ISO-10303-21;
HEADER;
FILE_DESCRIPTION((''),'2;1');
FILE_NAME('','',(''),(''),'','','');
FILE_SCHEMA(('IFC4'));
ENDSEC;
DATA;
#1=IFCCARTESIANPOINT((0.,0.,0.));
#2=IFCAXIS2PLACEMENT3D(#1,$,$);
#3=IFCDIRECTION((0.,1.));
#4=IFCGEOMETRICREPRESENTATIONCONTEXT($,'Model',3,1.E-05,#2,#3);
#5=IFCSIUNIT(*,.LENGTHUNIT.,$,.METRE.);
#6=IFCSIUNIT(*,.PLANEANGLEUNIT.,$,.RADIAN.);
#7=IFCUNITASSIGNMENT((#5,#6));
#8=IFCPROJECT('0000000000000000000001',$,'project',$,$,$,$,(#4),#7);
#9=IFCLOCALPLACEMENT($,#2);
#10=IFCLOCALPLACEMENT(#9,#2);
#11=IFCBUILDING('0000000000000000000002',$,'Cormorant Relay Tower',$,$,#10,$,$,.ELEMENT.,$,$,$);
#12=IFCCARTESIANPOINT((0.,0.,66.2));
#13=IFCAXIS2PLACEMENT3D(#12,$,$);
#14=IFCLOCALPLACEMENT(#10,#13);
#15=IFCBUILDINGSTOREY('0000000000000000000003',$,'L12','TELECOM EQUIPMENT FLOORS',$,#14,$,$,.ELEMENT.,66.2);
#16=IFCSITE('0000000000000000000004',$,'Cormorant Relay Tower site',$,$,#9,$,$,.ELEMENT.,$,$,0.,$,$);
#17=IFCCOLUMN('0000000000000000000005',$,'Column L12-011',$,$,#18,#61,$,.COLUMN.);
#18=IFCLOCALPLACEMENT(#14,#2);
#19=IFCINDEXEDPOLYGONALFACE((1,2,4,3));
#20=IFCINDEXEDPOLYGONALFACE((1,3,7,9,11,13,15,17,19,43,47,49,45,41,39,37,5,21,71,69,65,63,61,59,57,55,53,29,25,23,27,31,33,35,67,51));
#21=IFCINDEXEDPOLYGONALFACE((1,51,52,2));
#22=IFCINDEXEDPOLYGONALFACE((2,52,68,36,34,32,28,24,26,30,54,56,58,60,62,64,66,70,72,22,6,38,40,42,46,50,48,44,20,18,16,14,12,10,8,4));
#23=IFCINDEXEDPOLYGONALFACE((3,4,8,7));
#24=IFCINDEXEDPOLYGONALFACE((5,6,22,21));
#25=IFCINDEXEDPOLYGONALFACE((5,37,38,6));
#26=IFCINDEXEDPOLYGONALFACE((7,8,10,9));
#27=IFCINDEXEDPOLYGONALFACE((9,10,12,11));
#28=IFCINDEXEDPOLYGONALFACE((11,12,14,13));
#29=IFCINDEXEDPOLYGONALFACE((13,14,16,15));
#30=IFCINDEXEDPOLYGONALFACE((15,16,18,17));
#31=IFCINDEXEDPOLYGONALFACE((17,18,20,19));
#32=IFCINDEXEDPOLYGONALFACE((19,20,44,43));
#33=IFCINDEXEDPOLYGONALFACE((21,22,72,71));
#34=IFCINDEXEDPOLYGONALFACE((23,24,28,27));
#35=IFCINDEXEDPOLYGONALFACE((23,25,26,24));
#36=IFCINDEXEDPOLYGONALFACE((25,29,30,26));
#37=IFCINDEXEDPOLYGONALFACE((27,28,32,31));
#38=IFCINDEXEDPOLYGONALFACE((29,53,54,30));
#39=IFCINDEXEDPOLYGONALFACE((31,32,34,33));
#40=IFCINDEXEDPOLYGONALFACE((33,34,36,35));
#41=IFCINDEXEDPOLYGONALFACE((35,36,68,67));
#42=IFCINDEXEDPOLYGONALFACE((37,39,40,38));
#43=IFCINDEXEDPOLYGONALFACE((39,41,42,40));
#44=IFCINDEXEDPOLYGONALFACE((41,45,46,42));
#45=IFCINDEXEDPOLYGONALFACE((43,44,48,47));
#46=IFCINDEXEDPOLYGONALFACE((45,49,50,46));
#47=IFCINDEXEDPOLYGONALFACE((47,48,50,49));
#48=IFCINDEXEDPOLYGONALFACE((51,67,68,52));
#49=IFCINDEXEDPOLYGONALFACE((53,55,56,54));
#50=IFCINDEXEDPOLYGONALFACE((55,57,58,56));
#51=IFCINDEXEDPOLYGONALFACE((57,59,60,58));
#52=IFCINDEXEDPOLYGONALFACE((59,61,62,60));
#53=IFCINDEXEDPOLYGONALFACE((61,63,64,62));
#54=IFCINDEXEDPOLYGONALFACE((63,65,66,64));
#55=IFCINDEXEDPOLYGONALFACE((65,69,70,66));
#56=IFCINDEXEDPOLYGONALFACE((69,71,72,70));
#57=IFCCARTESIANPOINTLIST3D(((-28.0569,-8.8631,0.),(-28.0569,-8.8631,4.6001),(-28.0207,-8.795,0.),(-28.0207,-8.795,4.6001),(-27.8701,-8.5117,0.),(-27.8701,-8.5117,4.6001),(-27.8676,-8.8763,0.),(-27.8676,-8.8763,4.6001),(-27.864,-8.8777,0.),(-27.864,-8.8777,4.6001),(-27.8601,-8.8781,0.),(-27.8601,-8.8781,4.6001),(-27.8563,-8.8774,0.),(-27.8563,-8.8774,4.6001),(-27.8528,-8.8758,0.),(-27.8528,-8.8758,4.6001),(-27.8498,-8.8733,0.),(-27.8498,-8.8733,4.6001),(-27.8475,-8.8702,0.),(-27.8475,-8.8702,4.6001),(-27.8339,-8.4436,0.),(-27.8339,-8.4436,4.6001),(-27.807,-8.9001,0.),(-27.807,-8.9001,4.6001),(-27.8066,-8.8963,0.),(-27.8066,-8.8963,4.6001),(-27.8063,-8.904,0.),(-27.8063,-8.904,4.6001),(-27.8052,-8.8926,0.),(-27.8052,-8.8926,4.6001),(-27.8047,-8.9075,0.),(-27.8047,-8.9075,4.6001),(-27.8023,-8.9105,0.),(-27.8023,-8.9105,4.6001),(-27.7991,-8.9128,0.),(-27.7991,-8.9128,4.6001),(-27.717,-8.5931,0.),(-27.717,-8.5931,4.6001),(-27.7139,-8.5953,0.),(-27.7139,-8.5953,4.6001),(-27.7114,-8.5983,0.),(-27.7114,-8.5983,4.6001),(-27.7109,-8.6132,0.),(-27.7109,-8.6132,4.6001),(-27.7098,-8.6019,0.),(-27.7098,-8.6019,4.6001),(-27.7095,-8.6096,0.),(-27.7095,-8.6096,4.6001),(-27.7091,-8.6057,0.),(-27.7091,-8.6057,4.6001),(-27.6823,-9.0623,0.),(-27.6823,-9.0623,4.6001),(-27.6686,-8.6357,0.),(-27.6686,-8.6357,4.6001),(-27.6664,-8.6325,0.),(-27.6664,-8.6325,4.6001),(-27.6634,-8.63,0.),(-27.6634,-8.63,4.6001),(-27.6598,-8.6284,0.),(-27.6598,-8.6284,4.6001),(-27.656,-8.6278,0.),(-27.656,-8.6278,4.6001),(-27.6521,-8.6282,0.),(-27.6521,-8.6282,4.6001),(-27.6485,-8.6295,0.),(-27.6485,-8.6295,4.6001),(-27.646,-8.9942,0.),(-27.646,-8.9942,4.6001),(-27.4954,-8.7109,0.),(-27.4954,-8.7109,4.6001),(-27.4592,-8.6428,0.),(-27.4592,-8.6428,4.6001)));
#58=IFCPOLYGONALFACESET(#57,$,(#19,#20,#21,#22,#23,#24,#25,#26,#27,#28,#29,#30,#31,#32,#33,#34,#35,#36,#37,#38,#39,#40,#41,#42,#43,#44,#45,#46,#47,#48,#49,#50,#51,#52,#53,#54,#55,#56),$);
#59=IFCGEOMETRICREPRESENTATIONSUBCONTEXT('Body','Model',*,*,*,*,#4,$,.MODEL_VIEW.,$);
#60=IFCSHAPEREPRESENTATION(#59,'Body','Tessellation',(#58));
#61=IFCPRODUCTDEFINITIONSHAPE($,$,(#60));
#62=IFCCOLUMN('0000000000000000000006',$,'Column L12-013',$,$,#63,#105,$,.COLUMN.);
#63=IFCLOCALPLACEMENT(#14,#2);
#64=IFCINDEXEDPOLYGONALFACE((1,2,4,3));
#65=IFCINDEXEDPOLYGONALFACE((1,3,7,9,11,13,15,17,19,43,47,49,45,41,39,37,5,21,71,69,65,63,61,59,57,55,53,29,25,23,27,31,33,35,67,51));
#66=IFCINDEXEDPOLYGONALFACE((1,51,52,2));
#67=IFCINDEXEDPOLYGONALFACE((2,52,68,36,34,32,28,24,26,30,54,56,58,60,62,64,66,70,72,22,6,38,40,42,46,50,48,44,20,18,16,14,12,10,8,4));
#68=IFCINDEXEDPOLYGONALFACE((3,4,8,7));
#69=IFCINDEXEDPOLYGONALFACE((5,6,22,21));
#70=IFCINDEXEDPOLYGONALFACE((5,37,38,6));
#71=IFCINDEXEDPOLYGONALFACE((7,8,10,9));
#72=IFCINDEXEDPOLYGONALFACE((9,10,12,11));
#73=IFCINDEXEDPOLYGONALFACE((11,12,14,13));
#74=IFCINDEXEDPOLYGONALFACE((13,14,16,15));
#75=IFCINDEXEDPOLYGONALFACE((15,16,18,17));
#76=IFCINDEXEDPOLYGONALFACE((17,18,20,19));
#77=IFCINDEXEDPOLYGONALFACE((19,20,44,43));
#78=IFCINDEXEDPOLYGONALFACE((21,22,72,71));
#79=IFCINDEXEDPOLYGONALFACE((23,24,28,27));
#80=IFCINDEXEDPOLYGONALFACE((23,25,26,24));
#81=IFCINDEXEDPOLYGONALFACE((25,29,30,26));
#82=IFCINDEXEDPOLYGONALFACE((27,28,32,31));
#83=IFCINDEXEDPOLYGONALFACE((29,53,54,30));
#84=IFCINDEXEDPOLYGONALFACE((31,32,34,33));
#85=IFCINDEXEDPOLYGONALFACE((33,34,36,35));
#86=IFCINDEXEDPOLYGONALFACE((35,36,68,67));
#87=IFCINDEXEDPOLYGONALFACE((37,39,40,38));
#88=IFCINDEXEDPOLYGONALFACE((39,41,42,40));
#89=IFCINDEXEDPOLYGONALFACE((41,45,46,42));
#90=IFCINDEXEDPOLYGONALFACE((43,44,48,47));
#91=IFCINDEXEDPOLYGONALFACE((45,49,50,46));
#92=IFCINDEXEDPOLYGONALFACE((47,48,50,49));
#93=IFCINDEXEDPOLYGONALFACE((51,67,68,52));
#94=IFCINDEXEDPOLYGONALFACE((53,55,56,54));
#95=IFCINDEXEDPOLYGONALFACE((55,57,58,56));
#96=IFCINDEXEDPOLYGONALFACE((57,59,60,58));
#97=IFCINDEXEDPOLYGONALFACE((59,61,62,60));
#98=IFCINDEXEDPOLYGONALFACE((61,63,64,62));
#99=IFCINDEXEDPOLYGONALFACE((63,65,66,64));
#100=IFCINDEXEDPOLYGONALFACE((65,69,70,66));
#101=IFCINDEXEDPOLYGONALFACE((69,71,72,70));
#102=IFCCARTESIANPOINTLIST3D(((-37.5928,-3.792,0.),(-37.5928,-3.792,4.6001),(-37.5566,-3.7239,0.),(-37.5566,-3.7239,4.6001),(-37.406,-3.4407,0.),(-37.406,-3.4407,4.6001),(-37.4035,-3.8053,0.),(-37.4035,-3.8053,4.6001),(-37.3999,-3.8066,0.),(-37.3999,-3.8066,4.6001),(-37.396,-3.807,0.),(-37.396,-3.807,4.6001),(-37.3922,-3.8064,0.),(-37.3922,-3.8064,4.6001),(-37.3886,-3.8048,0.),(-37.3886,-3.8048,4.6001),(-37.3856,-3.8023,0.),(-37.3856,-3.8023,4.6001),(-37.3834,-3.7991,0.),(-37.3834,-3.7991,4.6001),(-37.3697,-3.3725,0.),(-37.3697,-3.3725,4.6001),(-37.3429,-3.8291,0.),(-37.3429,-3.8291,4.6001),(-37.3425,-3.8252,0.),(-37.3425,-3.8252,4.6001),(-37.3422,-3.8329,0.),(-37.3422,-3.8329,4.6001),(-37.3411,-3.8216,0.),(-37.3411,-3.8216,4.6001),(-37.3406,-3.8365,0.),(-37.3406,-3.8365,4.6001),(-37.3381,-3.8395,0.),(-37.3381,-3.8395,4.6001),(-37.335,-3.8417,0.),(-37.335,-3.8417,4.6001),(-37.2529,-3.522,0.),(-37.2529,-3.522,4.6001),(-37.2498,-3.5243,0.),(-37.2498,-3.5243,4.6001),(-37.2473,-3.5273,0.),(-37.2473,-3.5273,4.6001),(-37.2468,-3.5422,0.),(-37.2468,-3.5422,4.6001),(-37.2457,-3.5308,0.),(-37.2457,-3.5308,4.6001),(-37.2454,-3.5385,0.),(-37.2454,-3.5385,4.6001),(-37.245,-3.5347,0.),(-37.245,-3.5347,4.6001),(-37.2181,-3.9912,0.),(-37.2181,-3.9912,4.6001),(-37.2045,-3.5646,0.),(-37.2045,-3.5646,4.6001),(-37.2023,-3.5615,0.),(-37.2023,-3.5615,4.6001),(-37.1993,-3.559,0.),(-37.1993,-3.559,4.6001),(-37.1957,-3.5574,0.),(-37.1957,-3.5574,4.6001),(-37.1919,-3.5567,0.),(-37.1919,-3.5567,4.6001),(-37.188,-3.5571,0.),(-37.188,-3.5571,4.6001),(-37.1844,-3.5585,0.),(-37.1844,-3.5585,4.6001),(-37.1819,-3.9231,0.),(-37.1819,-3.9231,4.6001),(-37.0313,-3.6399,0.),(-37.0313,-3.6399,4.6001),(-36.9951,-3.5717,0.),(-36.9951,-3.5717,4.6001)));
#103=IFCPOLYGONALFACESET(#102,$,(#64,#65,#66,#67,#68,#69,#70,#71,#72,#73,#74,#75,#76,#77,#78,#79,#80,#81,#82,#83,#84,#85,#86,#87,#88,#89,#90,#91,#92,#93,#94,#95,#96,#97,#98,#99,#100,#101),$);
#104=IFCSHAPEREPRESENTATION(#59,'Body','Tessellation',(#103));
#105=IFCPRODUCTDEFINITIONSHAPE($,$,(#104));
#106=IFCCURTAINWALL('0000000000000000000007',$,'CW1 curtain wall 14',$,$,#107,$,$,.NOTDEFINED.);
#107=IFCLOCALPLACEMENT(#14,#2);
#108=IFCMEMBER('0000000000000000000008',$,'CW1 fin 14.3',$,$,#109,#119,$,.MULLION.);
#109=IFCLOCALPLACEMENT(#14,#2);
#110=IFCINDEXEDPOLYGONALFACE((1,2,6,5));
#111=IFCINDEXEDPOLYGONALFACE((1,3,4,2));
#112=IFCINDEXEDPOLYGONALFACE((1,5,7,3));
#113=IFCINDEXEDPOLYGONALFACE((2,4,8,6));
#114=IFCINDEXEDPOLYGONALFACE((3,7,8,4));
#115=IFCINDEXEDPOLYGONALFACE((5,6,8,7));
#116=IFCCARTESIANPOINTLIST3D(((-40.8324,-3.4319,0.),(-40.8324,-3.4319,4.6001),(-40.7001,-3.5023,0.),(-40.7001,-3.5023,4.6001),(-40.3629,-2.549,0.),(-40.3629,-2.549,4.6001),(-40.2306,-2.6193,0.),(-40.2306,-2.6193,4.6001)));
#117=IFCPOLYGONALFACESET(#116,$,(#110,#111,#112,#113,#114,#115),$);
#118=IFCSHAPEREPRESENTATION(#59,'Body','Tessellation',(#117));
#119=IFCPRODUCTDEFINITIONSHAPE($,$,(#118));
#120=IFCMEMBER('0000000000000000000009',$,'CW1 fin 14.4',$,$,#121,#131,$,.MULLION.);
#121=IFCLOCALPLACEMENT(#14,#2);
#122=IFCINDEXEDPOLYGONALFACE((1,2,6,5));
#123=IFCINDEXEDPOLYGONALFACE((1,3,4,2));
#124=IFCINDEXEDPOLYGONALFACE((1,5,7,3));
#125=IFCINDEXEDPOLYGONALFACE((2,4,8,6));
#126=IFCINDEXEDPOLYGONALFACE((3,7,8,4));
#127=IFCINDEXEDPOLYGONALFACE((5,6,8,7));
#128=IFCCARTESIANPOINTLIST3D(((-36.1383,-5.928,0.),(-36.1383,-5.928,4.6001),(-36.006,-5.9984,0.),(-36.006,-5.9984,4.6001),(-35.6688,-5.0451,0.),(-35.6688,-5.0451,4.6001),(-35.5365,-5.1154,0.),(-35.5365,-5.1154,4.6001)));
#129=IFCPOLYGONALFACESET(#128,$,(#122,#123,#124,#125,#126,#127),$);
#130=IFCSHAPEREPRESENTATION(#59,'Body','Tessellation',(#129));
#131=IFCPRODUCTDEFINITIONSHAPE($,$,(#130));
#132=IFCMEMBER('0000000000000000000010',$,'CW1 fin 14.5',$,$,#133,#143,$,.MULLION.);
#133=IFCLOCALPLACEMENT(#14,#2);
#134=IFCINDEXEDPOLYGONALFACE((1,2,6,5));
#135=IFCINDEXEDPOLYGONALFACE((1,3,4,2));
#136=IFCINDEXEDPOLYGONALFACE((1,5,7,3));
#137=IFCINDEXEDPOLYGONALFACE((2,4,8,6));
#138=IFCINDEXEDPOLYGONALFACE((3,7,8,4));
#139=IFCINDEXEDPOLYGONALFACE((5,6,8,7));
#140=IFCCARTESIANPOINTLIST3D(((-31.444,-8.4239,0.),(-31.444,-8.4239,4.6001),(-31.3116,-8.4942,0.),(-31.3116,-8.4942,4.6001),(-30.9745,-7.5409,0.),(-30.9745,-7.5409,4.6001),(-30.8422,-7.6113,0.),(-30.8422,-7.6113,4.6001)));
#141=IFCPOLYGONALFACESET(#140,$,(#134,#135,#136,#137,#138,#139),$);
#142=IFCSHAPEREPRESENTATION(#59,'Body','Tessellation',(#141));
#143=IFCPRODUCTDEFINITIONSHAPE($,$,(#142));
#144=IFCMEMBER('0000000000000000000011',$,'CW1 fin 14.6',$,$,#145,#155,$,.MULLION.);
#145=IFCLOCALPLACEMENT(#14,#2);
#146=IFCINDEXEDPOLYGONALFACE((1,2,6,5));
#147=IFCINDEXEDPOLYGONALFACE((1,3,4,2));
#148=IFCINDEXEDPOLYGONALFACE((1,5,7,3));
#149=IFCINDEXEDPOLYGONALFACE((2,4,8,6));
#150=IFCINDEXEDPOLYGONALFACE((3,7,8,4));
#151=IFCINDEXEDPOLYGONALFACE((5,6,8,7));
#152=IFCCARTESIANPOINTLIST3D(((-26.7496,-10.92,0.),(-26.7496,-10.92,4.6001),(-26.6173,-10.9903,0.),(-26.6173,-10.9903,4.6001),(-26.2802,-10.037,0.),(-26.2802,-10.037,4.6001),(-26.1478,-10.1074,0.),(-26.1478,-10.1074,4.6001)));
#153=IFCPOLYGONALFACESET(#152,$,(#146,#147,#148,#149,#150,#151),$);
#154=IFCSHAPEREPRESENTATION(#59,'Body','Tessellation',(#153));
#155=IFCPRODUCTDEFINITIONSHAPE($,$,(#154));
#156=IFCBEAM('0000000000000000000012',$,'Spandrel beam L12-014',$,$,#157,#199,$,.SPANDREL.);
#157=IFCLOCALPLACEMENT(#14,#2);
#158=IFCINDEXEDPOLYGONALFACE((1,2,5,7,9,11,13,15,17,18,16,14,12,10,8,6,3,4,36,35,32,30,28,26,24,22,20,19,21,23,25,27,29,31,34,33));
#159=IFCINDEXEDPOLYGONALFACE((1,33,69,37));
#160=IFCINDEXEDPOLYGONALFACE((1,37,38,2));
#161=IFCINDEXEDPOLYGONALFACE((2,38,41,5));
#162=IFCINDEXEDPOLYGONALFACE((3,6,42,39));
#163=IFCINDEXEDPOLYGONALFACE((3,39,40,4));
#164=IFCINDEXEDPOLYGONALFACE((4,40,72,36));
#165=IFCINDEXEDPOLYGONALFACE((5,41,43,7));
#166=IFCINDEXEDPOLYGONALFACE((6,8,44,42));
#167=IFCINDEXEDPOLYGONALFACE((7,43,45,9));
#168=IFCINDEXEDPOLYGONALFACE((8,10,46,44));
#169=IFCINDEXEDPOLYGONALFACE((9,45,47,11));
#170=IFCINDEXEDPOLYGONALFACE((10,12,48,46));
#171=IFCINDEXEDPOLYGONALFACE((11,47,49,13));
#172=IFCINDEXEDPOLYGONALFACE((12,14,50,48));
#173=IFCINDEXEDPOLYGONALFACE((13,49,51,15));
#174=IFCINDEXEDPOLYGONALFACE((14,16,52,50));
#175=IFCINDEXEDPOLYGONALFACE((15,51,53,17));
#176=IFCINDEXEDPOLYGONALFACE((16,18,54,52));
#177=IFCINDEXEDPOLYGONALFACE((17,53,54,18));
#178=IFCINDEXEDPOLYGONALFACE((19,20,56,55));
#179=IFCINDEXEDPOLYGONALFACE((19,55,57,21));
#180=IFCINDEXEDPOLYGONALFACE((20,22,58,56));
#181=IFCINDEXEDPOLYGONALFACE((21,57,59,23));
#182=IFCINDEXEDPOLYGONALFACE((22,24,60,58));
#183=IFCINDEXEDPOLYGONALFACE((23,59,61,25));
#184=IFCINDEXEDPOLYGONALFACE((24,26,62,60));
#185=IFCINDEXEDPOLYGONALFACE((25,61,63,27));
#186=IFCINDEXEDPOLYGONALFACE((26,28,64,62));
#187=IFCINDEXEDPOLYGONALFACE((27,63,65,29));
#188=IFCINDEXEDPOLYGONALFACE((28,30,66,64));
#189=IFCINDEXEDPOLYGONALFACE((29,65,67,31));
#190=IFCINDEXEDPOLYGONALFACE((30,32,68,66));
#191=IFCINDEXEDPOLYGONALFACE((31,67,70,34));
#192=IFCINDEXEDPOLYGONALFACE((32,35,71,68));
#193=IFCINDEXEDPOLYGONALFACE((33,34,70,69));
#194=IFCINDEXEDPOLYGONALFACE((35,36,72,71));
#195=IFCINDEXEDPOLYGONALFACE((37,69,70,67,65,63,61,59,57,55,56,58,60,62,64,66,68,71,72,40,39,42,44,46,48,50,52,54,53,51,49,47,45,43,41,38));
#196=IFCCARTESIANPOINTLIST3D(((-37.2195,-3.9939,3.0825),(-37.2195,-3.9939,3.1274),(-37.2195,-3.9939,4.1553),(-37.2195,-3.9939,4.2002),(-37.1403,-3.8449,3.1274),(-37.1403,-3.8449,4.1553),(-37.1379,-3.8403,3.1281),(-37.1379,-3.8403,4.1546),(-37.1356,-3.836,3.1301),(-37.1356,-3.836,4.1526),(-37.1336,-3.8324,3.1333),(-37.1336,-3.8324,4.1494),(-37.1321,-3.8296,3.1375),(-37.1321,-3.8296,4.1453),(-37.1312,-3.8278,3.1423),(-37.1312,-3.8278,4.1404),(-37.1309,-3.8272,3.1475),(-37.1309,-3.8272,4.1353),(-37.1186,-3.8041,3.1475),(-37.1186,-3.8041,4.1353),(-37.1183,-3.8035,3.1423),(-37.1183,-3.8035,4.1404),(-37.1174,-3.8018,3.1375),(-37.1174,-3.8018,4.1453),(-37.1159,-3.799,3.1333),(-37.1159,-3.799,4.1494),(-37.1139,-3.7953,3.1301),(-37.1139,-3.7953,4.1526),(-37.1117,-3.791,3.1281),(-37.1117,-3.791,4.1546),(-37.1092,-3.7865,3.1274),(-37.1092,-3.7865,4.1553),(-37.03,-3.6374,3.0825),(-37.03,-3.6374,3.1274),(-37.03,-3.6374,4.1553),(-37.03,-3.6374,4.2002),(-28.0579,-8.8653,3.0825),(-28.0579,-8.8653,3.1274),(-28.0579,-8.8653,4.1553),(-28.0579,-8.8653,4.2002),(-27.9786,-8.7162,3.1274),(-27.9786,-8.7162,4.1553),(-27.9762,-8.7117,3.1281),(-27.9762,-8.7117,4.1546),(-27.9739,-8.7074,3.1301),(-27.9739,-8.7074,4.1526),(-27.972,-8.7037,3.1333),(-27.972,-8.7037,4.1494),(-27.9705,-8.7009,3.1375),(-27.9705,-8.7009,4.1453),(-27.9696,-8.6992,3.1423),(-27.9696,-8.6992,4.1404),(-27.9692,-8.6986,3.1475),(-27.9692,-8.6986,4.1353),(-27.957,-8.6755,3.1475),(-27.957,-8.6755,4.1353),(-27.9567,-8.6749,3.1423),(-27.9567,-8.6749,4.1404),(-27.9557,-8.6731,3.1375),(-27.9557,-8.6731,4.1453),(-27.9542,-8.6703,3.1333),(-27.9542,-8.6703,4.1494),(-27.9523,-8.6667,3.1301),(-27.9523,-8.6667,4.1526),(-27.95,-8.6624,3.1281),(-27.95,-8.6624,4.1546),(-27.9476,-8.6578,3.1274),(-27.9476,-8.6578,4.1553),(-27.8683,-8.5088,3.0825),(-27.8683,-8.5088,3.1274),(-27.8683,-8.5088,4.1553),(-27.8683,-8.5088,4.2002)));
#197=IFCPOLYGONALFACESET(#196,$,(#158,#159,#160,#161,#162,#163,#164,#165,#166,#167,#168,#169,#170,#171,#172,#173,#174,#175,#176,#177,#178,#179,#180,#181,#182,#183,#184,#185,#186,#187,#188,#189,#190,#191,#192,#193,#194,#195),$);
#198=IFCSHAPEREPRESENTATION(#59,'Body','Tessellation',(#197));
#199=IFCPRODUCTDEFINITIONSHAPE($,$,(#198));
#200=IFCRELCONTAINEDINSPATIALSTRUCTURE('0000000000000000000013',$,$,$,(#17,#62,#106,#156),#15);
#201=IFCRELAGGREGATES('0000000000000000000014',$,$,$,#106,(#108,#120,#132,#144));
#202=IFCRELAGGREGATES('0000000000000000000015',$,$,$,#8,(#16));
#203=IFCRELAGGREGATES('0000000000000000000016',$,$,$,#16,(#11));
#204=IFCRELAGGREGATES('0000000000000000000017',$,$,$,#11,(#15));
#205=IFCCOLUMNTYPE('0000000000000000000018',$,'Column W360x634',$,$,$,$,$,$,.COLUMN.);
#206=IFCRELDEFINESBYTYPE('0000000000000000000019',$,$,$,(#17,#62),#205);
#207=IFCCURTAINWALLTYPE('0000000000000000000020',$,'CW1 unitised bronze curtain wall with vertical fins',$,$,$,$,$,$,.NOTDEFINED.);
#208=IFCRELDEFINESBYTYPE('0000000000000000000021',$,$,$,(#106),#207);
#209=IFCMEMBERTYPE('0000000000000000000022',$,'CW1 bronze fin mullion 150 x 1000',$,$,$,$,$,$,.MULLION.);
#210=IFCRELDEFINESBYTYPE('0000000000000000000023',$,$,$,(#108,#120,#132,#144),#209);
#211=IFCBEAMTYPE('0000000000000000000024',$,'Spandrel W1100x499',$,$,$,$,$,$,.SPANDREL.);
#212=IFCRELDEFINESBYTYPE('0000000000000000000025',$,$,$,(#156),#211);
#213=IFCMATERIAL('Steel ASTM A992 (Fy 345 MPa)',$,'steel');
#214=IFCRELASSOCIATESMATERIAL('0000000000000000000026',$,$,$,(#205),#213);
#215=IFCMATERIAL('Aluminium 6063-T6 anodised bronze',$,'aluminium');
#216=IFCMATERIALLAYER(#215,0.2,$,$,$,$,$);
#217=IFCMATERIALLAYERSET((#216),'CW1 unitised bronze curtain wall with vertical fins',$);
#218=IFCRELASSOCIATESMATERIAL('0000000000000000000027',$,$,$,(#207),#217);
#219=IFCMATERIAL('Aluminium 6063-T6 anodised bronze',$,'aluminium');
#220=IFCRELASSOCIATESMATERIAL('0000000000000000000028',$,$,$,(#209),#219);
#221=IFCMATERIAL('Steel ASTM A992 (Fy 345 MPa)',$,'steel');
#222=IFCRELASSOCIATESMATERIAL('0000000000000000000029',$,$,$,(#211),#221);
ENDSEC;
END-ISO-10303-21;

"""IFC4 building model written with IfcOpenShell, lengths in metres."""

from ifc_helpers import new_model, si_unit, direction, frame, origin, origin_2d, place, context, subcontext, project, spatial, rectangle, i_section, extrude, material, layer, layer_set, material_profile, profile_set, type_object, element, aggregate, save


model = new_model("IFC4")

# Units and contexts
model_context = context("Model", 3, precision=1e-05, world=origin(), true_north=direction((0.0, 1.0)))
body_context = subcontext(model_context, "Body", "Model", "MODEL_VIEW")
ifc_project = project(units=[si_unit("LENGTHUNIT", "METRE"), si_unit("PLANEANGLEUNIT", "RADIAN")], contexts=[model_context])

# Site, building, storey
site_placement = place(None, origin())
site = spatial("IfcSite", under=ifc_project, at=site_placement, Name="Cormorant Relay Tower site", CompositionType="ELEMENT", RefElevation=0.0)
building_placement = place(site_placement, origin())
building = spatial("IfcBuilding", under=site, at=building_placement, Name="Cormorant Relay Tower", CompositionType="ELEMENT")
storey_placement = place(building_placement, frame((0.0, 0.0, 66.2)))
storey = spatial("IfcBuildingStorey", under=building, at=storey_placement, Name="L12", Description="TELECOM EQUIPMENT FLOORS", CompositionType="ELEMENT", Elevation=66.2)

# Columns
ifc_material_1 = material(Name="Steel ASTM A992 (Fy 345 MPa)", Category="steel")
ifc_material_profile_1 = material_profile(ifc_material_1, i_section(OverallWidth=0.4243, OverallDepth=0.4751, WebThickness=0.0479, FlangeThickness=0.0771, FilletRadius=0.0149, at=origin_2d()), Name="W360x634")
ifc_profile_set_1 = profile_set([ifc_material_profile_1], Name="Steel ASTM A992 (Fy 345 MPa)")
column_type = type_object("IfcColumnType", Name="Column W360x634", PredefinedType="COLUMN", material=ifc_profile_set_1)
for number, where, z_axis, x_axis, name in (
    (1, (-27.7581, -8.7529, 0.0), (0.0, 0.0, 1.0), (0.882948, -0.469472, 0.0), "Column L12-011"),
    (2, (-37.2939, -3.6819, 0.0), (0.0, 0.0, 1.0), (0.882948, -0.469472, 0.0), "Column L12-013"),
):
    element("IfcColumn", number, at=place(storey_placement, frame(where, z_axis=z_axis, x_axis=x_axis)), inside=storey, type_object=column_type, Name=name, PredefinedType="COLUMN", context=body_context, shape_type="SweptSolid", body=[
        extrude(i_section(OverallWidth=0.4243, OverallDepth=0.4751, WebThickness=0.0479, FlangeThickness=0.0771, FilletRadius=0.0149, at=origin_2d()), origin(), (0.0, 0.0, 1.0), 4.6001),
    ])

# Curtain wall, members
ifc_material_2 = material(Name="Aluminium 6063-T6 anodised bronze", Category="aluminium")
ifc_layer_1 = layer(ifc_material_2, 0.2)
ifc_layer_set_1 = layer_set([ifc_layer_1], Name="CW1 unitised bronze curtain wall with vertical fins")
curtain_wall_type = type_object("IfcCurtainWallType", Name="CW1 unitised bronze curtain wall with vertical fins", PredefinedType="NOTDEFINED", material=ifc_layer_set_1)
curtain_wall_placement = place(storey_placement, origin())
curtain_wall = element("IfcCurtainWall", 3, at=curtain_wall_placement, inside=storey, type_object=curtain_wall_type, Name="CW1 curtain wall 14", PredefinedType="NOTDEFINED")
ifc_material_3 = material(Name="Aluminium 6063-T6 anodised bronze", Category="aluminium")
ifc_material_profile_2 = material_profile(ifc_material_3, rectangle(XDim=0.1499, YDim=1.0, at=origin_2d()), Name="AL 150x1000")
ifc_profile_set_2 = profile_set([ifc_material_profile_2], Name="Aluminium 6063-T6 anodised bronze")
member_type = type_object("IfcMemberType", Name="CW1 bronze fin mullion 150 x 1000", PredefinedType="MULLION", material=ifc_profile_set_2)
member_1_placement = place(storey_placement, frame((-40.5315, -3.0256, 0.0), z_axis=(0.0, 0.0, 1.0), x_axis=(0.882948, -0.469472, 0.0)))
member_1 = element("IfcMember", 4, at=member_1_placement, type_object=member_type, Name="CW1 fin 14.3", PredefinedType="MULLION", context=body_context, shape_type="SweptSolid", body=[
    extrude(rectangle(XDim=0.1499, YDim=1.0, at=origin_2d()), origin(), (0.0, 0.0, 1.0), 4.6001),
])
member_2_placement = place(storey_placement, frame((-35.8374, -5.5217, 0.0), z_axis=(0.0, 0.0, 1.0), x_axis=(0.882948, -0.469472, 0.0)))
member_2 = element("IfcMember", 5, at=member_2_placement, type_object=member_type, Name="CW1 fin 14.4", PredefinedType="MULLION", context=body_context, shape_type="SweptSolid", body=[
    extrude(rectangle(XDim=0.1499, YDim=1.0, at=origin_2d()), origin(), (0.0, 0.0, 1.0), 4.6001),
])
member_3_placement = place(storey_placement, frame((-31.1431, -8.0176, 0.0), z_axis=(0.0, 0.0, 1.0), x_axis=(0.882948, -0.469472, 0.0)))
member_3 = element("IfcMember", 6, at=member_3_placement, type_object=member_type, Name="CW1 fin 14.5", PredefinedType="MULLION", context=body_context, shape_type="SweptSolid", body=[
    extrude(rectangle(XDim=0.1499, YDim=1.0, at=origin_2d()), origin(), (0.0, 0.0, 1.0), 4.6001),
])
member_4_placement = place(storey_placement, frame((-26.4487, -10.5137, 0.0), z_axis=(0.0, 0.0, 1.0), x_axis=(0.882948, -0.469472, 0.0)))
member_4 = element("IfcMember", 7, at=member_4_placement, type_object=member_type, Name="CW1 fin 14.6", PredefinedType="MULLION", context=body_context, shape_type="SweptSolid", body=[
    extrude(rectangle(XDim=0.1499, YDim=1.0, at=origin_2d()), origin(), (0.0, 0.0, 1.0), 4.6001),
])

# Beam
ifc_material_4 = material(Name="Steel ASTM A992 (Fy 345 MPa)", Category="steel")
ifc_material_profile_3 = material_profile(ifc_material_4, i_section(OverallWidth=0.4038, OverallDepth=1.1177, WebThickness=0.0261, FlangeThickness=0.0449, FilletRadius=0.02, at=origin_2d()), Name="W1100x499")
ifc_profile_set_3 = profile_set([ifc_material_profile_3], Name="Steel ASTM A992 (Fy 345 MPa)")
beam_type = type_object("IfcBeamType", Name="Spandrel W1100x499", PredefinedType="SPANDREL", material=ifc_profile_set_3)
beam_placement = place(storey_placement, frame((-37.1248, -3.8157, 3.6414), z_axis=(0.882947, -0.469473, 0.0), x_axis=(0.469473, 0.882947, 0.0)))
element("IfcBeam", 8, at=beam_placement, inside=storey, type_object=beam_type, Name="Spandrel beam L12-014", PredefinedType="SPANDREL", context=body_context, shape_type="SweptSolid", body=[
    extrude(i_section(OverallWidth=0.4038, OverallDepth=1.1177, WebThickness=0.0261, FlangeThickness=0.0449, FilletRadius=0.02, at=origin_2d()), origin(), (0.0, 0.0, 1.0), 10.3762),
])

aggregate(curtain_wall, [member_1, member_2, member_3, member_4])

save(model, "model.ifc")
